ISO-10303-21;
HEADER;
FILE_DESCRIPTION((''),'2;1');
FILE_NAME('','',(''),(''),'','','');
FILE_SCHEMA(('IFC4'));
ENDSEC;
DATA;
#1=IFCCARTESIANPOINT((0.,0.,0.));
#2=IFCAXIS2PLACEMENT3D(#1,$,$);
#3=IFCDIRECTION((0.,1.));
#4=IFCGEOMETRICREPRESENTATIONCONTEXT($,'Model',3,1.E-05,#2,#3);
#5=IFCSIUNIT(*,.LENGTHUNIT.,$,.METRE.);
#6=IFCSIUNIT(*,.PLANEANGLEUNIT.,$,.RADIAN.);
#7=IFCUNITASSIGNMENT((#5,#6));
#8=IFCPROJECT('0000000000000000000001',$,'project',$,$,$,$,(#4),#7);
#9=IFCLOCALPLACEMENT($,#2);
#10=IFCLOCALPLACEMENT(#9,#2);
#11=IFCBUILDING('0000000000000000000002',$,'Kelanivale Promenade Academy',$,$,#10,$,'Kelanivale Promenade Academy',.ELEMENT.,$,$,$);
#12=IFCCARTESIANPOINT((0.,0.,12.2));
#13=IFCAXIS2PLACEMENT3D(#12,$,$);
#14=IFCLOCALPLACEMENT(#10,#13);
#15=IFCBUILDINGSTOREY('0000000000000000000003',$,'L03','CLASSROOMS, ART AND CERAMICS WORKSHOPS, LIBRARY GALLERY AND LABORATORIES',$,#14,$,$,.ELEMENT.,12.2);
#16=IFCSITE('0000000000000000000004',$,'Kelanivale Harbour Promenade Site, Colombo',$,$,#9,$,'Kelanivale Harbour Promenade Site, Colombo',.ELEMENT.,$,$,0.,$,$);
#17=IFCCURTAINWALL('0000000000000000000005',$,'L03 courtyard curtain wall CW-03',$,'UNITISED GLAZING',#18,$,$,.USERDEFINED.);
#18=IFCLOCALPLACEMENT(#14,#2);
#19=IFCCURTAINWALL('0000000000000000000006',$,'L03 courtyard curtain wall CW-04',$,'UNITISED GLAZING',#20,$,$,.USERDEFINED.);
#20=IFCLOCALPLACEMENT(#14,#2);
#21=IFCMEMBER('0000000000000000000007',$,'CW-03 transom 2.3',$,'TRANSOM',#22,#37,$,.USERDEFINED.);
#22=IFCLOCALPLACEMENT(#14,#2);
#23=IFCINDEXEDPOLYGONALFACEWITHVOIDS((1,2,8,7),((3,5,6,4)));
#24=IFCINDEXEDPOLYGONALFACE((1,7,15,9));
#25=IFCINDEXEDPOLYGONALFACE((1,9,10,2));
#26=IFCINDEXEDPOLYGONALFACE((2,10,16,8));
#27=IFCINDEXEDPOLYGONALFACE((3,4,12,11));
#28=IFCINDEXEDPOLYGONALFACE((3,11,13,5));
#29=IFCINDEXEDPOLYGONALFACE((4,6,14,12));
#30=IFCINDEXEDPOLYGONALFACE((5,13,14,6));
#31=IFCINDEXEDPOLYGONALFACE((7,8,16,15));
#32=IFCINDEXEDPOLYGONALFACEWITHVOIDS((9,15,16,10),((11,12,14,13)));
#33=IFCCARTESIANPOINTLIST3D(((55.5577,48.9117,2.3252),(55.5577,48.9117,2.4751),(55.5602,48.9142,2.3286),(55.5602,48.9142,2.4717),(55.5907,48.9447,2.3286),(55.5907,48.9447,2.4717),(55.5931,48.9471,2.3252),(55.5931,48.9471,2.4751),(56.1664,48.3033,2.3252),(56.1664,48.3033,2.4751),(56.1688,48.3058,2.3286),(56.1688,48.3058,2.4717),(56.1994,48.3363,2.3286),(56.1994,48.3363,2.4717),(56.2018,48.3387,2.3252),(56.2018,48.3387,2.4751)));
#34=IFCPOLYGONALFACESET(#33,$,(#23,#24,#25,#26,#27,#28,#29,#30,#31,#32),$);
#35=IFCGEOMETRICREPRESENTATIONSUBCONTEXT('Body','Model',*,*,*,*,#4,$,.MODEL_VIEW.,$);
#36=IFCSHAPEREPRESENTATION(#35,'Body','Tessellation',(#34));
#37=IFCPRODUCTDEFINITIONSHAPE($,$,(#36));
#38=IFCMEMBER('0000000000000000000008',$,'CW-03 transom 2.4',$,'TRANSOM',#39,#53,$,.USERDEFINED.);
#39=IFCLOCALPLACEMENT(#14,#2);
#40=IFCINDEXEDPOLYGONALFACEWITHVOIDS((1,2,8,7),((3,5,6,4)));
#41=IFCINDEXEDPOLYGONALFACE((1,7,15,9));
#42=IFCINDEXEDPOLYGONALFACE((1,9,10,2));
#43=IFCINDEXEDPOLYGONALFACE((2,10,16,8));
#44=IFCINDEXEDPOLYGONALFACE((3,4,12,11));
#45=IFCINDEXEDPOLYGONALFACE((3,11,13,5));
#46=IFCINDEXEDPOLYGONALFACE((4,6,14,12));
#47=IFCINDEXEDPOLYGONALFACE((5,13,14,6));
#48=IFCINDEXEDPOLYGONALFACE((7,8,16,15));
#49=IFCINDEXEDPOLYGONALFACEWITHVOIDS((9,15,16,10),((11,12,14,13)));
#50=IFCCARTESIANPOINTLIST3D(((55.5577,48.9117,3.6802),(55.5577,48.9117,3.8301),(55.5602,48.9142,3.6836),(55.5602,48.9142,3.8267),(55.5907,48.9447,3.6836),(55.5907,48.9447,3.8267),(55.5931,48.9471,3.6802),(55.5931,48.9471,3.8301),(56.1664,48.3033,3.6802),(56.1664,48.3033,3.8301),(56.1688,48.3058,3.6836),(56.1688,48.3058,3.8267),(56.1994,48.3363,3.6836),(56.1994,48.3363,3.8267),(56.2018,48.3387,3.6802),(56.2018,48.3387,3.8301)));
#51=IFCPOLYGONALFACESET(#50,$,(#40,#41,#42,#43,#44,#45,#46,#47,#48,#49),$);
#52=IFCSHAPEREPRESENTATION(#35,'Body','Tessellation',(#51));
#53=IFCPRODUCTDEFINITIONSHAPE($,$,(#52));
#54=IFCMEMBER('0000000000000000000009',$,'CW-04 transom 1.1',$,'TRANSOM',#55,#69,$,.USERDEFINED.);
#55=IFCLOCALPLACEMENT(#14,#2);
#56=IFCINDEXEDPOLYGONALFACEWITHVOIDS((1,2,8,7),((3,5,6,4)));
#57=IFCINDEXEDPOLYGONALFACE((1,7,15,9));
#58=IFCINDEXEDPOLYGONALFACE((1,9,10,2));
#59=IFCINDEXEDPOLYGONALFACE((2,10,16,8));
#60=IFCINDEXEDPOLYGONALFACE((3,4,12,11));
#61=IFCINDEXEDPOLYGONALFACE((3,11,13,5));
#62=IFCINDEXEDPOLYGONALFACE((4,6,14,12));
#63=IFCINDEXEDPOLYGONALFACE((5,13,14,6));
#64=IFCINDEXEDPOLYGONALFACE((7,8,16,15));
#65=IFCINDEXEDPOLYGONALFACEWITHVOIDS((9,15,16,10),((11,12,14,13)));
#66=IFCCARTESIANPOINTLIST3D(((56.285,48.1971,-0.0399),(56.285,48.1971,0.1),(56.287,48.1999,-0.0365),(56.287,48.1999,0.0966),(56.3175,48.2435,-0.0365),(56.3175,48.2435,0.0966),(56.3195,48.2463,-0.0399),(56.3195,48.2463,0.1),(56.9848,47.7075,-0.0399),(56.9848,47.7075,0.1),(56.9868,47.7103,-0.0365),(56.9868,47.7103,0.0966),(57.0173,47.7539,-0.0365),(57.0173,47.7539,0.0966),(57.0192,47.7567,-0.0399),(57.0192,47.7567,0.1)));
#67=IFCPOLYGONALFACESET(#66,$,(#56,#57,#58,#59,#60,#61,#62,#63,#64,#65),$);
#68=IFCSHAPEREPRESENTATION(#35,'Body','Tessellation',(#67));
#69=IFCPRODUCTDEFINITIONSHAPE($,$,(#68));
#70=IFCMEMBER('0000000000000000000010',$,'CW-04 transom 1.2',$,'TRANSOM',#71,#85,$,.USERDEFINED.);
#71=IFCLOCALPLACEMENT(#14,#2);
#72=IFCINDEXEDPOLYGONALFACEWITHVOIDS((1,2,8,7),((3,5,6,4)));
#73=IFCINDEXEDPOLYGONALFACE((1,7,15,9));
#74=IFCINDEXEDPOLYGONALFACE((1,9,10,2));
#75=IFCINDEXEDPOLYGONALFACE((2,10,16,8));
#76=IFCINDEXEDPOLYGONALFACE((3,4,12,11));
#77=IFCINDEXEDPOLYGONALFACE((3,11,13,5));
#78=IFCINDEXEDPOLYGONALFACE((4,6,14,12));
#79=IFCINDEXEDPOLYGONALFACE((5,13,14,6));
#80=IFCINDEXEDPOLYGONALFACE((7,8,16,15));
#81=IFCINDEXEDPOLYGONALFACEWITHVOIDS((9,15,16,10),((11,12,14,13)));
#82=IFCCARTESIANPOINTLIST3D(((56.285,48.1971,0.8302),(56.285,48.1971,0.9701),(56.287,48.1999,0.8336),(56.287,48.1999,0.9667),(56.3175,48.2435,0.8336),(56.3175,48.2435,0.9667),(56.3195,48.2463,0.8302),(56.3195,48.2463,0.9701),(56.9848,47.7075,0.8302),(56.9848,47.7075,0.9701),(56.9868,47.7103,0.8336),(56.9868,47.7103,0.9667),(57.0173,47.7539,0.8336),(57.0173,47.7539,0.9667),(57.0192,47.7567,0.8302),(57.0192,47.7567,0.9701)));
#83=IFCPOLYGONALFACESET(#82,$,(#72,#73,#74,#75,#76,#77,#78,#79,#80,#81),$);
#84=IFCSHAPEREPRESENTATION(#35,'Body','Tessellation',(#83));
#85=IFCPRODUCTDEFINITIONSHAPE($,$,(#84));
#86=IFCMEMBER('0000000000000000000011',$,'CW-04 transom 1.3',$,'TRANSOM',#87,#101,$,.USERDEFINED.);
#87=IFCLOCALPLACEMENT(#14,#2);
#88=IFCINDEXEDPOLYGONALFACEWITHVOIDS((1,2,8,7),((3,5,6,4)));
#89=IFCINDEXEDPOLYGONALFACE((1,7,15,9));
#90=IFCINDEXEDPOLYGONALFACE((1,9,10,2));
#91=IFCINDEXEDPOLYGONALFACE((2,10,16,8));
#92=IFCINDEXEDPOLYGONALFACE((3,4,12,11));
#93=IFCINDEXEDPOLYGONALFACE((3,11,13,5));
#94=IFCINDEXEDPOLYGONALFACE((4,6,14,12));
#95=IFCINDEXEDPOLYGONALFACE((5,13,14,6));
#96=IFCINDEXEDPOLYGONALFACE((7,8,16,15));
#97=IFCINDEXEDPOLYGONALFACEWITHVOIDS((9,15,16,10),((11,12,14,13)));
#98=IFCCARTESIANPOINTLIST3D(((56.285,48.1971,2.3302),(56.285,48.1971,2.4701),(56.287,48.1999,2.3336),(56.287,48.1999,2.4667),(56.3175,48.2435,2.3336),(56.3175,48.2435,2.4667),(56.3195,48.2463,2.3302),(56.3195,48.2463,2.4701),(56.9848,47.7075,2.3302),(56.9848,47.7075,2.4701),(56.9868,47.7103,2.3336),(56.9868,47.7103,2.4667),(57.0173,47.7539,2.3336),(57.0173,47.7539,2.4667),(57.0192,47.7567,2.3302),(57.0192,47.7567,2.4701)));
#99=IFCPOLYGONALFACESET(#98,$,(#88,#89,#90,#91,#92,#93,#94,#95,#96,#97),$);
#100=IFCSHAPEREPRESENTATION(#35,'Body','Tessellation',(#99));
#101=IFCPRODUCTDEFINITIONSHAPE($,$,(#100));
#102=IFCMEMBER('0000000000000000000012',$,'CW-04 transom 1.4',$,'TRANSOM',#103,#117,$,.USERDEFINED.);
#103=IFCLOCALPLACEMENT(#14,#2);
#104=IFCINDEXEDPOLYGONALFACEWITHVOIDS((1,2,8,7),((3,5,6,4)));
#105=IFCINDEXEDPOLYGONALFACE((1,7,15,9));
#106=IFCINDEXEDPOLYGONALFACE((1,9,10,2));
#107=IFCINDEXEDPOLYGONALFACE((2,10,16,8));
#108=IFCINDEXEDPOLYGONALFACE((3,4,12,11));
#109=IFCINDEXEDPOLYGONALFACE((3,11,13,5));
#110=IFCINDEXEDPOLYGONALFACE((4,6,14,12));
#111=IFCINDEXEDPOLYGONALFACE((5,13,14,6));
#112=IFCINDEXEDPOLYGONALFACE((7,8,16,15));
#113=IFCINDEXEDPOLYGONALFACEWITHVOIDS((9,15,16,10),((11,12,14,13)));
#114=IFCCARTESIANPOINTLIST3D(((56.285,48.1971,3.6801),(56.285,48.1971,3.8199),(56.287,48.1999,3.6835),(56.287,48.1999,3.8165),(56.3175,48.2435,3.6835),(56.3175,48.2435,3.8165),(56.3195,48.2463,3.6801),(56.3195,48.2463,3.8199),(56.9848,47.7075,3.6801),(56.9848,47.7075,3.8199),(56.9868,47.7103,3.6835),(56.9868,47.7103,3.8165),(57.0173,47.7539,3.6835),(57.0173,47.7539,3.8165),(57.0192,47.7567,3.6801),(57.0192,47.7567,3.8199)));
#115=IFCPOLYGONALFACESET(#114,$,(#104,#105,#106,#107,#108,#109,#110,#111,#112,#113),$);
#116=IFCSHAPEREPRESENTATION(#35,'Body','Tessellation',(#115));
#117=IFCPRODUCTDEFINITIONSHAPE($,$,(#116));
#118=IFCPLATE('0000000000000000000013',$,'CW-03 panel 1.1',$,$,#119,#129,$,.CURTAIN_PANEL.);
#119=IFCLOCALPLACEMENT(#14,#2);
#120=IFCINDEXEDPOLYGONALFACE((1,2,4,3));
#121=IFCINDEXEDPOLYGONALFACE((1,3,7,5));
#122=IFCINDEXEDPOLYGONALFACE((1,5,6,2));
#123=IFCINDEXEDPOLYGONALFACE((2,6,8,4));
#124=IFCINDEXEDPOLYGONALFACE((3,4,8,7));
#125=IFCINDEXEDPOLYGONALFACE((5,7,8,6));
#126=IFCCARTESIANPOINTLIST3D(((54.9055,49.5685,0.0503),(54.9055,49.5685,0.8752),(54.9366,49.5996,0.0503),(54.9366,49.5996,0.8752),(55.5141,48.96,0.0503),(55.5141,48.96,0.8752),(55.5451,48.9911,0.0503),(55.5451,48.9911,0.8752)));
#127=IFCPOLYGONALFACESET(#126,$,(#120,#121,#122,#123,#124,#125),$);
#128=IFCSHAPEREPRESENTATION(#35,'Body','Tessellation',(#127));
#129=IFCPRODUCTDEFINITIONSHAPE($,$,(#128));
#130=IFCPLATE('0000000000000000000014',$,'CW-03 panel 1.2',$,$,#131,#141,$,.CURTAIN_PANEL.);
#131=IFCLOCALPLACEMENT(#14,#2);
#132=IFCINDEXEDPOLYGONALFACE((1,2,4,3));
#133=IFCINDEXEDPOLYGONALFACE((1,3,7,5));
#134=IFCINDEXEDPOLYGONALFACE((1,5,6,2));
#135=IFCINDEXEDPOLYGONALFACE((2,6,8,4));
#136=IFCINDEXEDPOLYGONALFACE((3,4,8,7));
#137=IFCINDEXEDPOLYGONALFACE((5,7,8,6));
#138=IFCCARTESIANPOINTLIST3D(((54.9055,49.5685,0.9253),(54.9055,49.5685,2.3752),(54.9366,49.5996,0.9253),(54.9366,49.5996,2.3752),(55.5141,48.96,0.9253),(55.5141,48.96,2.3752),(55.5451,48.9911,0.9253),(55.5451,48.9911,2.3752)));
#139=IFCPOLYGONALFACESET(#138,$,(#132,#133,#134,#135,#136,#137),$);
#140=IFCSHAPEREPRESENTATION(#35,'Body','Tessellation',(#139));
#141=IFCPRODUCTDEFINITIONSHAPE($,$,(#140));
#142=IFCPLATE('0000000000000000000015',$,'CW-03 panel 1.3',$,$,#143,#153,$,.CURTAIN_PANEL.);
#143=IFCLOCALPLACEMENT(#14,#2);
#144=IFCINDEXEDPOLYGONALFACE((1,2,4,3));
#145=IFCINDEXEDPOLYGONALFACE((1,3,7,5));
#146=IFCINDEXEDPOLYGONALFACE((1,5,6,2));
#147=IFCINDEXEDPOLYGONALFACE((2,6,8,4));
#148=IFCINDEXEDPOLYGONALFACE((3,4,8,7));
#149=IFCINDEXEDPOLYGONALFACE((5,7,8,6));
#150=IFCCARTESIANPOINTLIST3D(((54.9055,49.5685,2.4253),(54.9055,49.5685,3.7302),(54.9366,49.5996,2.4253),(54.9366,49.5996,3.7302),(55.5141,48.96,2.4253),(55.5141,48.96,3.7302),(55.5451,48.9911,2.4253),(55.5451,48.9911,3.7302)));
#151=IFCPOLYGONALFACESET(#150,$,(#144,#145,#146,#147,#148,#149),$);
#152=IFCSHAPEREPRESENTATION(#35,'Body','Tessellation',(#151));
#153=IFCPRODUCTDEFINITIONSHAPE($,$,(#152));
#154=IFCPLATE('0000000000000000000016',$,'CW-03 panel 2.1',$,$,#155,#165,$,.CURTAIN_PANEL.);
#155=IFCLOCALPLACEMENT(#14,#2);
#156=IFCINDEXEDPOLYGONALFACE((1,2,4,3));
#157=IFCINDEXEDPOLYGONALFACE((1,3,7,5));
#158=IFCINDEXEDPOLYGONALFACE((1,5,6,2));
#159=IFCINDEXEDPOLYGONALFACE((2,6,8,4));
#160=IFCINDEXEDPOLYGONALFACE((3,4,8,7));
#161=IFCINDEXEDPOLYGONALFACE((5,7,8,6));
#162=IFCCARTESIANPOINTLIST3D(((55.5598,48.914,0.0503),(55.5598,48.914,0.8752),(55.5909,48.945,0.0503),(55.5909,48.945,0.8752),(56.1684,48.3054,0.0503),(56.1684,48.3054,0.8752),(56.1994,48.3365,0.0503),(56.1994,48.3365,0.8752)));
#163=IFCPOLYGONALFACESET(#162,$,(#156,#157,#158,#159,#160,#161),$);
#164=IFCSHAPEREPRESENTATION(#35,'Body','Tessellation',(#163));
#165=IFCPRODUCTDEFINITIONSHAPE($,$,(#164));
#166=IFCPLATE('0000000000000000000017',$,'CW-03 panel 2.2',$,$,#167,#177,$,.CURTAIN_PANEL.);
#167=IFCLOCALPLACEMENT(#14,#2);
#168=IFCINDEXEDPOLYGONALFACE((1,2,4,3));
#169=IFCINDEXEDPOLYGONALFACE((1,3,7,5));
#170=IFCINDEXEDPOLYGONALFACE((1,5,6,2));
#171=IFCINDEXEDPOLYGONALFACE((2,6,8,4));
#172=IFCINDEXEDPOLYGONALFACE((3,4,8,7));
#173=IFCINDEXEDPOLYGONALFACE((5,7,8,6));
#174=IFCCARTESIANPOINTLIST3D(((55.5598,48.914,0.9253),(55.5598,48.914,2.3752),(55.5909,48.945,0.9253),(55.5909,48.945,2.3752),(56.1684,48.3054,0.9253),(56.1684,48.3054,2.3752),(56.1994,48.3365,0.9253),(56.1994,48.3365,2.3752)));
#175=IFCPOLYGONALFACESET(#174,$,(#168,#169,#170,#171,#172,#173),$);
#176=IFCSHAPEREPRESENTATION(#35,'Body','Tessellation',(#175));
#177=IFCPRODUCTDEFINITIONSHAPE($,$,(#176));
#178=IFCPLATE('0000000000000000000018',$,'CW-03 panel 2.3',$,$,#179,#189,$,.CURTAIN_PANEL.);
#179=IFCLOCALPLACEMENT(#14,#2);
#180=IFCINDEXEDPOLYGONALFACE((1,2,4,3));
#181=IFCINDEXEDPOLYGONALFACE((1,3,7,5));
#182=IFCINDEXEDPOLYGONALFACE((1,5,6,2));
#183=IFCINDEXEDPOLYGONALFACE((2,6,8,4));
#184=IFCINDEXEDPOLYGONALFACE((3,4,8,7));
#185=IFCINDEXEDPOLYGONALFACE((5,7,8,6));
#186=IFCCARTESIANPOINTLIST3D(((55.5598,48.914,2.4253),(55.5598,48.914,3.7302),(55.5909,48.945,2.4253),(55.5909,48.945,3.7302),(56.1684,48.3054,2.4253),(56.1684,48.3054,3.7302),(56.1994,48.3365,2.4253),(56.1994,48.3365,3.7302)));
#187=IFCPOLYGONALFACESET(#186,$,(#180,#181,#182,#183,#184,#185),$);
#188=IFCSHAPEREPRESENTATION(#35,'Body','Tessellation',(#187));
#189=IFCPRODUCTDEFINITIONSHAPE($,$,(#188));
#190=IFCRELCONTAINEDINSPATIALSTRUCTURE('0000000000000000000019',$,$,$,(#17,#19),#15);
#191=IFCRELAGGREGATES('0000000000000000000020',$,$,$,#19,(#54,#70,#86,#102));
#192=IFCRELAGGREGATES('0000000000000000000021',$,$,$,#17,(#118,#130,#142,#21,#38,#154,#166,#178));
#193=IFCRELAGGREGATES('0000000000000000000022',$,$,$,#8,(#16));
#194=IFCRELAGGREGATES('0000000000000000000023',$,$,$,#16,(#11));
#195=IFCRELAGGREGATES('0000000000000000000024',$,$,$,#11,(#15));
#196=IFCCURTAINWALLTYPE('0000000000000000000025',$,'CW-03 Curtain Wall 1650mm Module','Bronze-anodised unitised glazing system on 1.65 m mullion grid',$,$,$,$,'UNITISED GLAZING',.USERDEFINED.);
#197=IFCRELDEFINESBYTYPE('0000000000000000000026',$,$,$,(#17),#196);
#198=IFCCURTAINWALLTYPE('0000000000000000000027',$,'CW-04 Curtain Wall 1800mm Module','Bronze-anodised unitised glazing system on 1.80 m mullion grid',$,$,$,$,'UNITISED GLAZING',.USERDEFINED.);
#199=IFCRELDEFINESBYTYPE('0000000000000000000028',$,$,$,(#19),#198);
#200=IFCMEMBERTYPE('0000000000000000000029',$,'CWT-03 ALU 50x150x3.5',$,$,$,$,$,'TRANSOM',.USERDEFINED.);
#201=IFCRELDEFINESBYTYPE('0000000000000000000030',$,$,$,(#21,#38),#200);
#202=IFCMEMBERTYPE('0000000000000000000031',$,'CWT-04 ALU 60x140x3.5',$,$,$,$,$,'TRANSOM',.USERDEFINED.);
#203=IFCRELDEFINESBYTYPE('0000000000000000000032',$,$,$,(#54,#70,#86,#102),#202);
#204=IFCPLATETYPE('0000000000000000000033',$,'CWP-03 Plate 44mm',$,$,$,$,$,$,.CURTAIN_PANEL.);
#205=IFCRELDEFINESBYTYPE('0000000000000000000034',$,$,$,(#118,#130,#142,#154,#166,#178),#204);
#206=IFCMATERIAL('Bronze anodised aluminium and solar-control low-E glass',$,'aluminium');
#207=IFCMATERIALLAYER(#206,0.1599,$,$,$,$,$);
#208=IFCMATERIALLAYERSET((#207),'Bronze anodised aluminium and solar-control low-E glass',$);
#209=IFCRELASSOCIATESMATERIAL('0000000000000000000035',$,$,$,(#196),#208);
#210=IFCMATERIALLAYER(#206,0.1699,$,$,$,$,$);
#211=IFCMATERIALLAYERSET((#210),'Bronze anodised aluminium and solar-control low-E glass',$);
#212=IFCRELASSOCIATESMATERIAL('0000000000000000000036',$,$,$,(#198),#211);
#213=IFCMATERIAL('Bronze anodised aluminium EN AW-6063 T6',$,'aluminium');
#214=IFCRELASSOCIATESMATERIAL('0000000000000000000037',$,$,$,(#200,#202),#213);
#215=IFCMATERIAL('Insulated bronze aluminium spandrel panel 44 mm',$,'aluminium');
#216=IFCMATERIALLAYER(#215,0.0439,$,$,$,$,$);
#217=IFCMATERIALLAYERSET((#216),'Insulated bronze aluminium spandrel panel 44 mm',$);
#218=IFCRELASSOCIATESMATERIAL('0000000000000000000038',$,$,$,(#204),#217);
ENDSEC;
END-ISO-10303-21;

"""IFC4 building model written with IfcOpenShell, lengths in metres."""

from ifc_helpers import new_model, si_unit, direction, frame, origin, origin_2d, place, context, subcontext, project, spatial, rectangle, hollow_rectangle, extrude, material, layer, layer_set, material_profile, profile_set, type_object, element, aggregate, save


model = new_model("IFC4")

# Units and contexts
model_context = context("Model", 3, precision=1e-05, world=origin(), true_north=direction((0.0, 1.0)))
body_context = subcontext(model_context, "Body", "Model", "MODEL_VIEW")
ifc_project = project(units=[si_unit("LENGTHUNIT", "METRE"), si_unit("PLANEANGLEUNIT", "RADIAN")], contexts=[model_context])

# Site, building, storey
site_placement = place(None, origin())
site = spatial("IfcSite", under=ifc_project, at=site_placement, Name="Kelanivale Harbour Promenade Site, Colombo", LongName="Kelanivale Harbour Promenade Site, Colombo", CompositionType="ELEMENT", RefElevation=0.0)
building_placement = place(site_placement, origin())
building = spatial("IfcBuilding", under=site, at=building_placement, Name="Kelanivale Promenade Academy", LongName="Kelanivale Promenade Academy", CompositionType="ELEMENT")
storey_placement = place(building_placement, frame((0.0, 0.0, 12.2)))
storey = spatial("IfcBuildingStorey", under=building, at=storey_placement, Name="L03", Description="CLASSROOMS, ART AND CERAMICS WORKSHOPS, LIBRARY GALLERY AND LABORATORIES", CompositionType="ELEMENT", Elevation=12.2)

# Curtain wall
ifc_material_1 = material(Name="Bronze anodised aluminium and solar-control low-E glass", Category="aluminium")
ifc_layer_1 = layer(ifc_material_1, 0.1599)
ifc_layer_set_1 = layer_set([ifc_layer_1], Name="Bronze anodised aluminium and solar-control low-E glass")
curtain_wall_type_1 = type_object("IfcCurtainWallType", Name="CW-03 Curtain Wall 1650mm Module", Description="Bronze-anodised unitised glazing system on 1.65 m mullion grid", ElementType="UNITISED GLAZING", PredefinedType="USERDEFINED", material=ifc_layer_set_1)
curtain_wall_1_placement = place(storey_placement, origin())
curtain_wall_1 = element("IfcCurtainWall", 1, at=curtain_wall_1_placement, inside=storey, type_object=curtain_wall_type_1, Name="L03 courtyard curtain wall CW-03", ObjectType="UNITISED GLAZING", PredefinedType="USERDEFINED")
ifc_material_2 = material(Name="Bronze anodised aluminium EN AW-6063 T6", Category="aluminium")

# Curtain wall
ifc_layer_2 = layer(ifc_material_1, 0.1699)
ifc_layer_set_2 = layer_set([ifc_layer_2], Name="Bronze anodised aluminium and solar-control low-E glass")
curtain_wall_type_2 = type_object("IfcCurtainWallType", Name="CW-04 Curtain Wall 1800mm Module", Description="Bronze-anodised unitised glazing system on 1.80 m mullion grid", ElementType="UNITISED GLAZING", PredefinedType="USERDEFINED", material=ifc_layer_set_2)
curtain_wall_2_placement = place(storey_placement, origin())
curtain_wall_2 = element("IfcCurtainWall", 2, at=curtain_wall_2_placement, inside=storey, type_object=curtain_wall_type_2, Name="L03 courtyard curtain wall CW-04", ObjectType="UNITISED GLAZING", PredefinedType="USERDEFINED")

# Members
ifc_material_profile_1 = material_profile(ifc_material_2, hollow_rectangle(XDim=0.05, YDim=0.1499, WallThickness=0.0034, at=origin_2d()), Name="ALU 50x150x3.5")
ifc_profile_set_1 = profile_set([ifc_material_profile_1], Name="Bronze anodised aluminium EN AW-6063 T6")
member_type_1 = type_object("IfcMemberType", Name="CWT-03 ALU 50x150x3.5", ElementType="TRANSOM", PredefinedType="USERDEFINED", material=ifc_profile_set_1)
member_1_placement = place(storey_placement, frame((55.5754, 48.9294, 2.4001), z_axis=(0.707249, -0.706965, 0.0), x_axis=(0.706965, 0.707249, 0.0)))
member_1 = element("IfcMember", 3, at=member_1_placement, type_object=member_type_1, Name="CW-03 transom 2.3", ObjectType="TRANSOM", PredefinedType="USERDEFINED", context=body_context, shape_type="SweptSolid", body=[
    extrude(hollow_rectangle(XDim=0.05, YDim=0.1499, WallThickness=0.0034, at=origin_2d()), origin(), (0.0, 0.0, 1.0), 0.8606),
])
member_2_placement = place(storey_placement, frame((55.5754, 48.9294, 3.7551), z_axis=(0.707249, -0.706965, 0.0), x_axis=(0.706965, 0.707249, 0.0)))
member_2 = element("IfcMember", 4, at=member_2_placement, type_object=member_type_1, Name="CW-03 transom 2.4", ObjectType="TRANSOM", PredefinedType="USERDEFINED", context=body_context, shape_type="SweptSolid", body=[
    extrude(hollow_rectangle(XDim=0.05, YDim=0.1499, WallThickness=0.0034, at=origin_2d()), origin(), (0.0, 0.0, 1.0), 0.8606),
])
ifc_material_profile_2 = material_profile(ifc_material_2, hollow_rectangle(XDim=0.0601, YDim=0.1399, WallThickness=0.0034, at=origin_2d()), Name="ALU 60x140x3.5")
ifc_profile_set_2 = profile_set([ifc_material_profile_2], Name="Bronze anodised aluminium EN AW-6063 T6")
member_type_2 = type_object("IfcMemberType", Name="CWT-04 ALU 60x140x3.5", ElementType="TRANSOM", PredefinedType="USERDEFINED", material=ifc_profile_set_2)
member_3_placement = place(storey_placement, frame((56.3022, 48.2217, 0.03), z_axis=(0.819393, -0.573232, 0.0), x_axis=(0.573232, 0.819393, 0.0)))
member_3 = element("IfcMember", 5, at=member_3_placement, type_object=member_type_2, Name="CW-04 transom 1.1", ObjectType="TRANSOM", PredefinedType="USERDEFINED", context=body_context, shape_type="SweptSolid", body=[
    extrude(hollow_rectangle(XDim=0.0601, YDim=0.1399, WallThickness=0.0034, at=origin_2d()), origin(), (0.0, 0.0, 1.0), 0.854),
])
member_4_placement = place(storey_placement, frame((56.3022, 48.2217, 0.9001), z_axis=(0.819393, -0.573232, 0.0), x_axis=(0.573232, 0.819393, 0.0)))
member_4 = element("IfcMember", 6, at=member_4_placement, type_object=member_type_2, Name="CW-04 transom 1.2", ObjectType="TRANSOM", PredefinedType="USERDEFINED", context=body_context, shape_type="SweptSolid", body=[
    extrude(hollow_rectangle(XDim=0.0601, YDim=0.1399, WallThickness=0.0034, at=origin_2d()), origin(), (0.0, 0.0, 1.0), 0.854),
])
member_5_placement = place(storey_placement, frame((56.3022, 48.2217, 2.4001), z_axis=(0.819393, -0.573232, 0.0), x_axis=(0.573232, 0.819393, 0.0)))
member_5 = element("IfcMember", 7, at=member_5_placement, type_object=member_type_2, Name="CW-04 transom 1.3", ObjectType="TRANSOM", PredefinedType="USERDEFINED", context=body_context, shape_type="SweptSolid", body=[
    extrude(hollow_rectangle(XDim=0.0601, YDim=0.1399, WallThickness=0.0034, at=origin_2d()), origin(), (0.0, 0.0, 1.0), 0.854),
])
member_6_placement = place(storey_placement, frame((56.3022, 48.2217, 3.75), z_axis=(0.819393, -0.573232, 0.0), x_axis=(0.573232, 0.819393, 0.0)))
member_6 = element("IfcMember", 8, at=member_6_placement, type_object=member_type_2, Name="CW-04 transom 1.4", ObjectType="TRANSOM", PredefinedType="USERDEFINED", context=body_context, shape_type="SweptSolid", body=[
    extrude(hollow_rectangle(XDim=0.0601, YDim=0.1399, WallThickness=0.0034, at=origin_2d()), origin(), (0.0, 0.0, 1.0), 0.854),
])
aggregate(curtain_wall_2, [member_3, member_4, member_5, member_6])

# Plates
ifc_material_3 = material(Name="Insulated bronze aluminium spandrel panel 44 mm", Category="aluminium")
ifc_layer_3 = layer(ifc_material_3, 0.0439)
ifc_layer_set_3 = layer_set([ifc_layer_3], Name="Insulated bronze aluminium spandrel panel 44 mm")
plate_type = type_object("IfcPlateType", Name="CWP-03 Plate 44mm", PredefinedType="CURTAIN_PANEL", material=ifc_layer_set_3)
plate_1_placement = place(storey_placement, frame((55.2253, 49.2798, 0.0503), z_axis=(0.0, 0.0, 1.0), x_axis=(0.707107, -0.707107, 0.0)))
plate_1 = element("IfcPlate", 9, at=plate_1_placement, type_object=plate_type, Name="CW-03 panel 1.1", PredefinedType="CURTAIN_PANEL", context=body_context, shape_type="SweptSolid", body=[
    extrude(rectangle(XDim=0.8606, YDim=0.0439, at=origin_2d()), origin(), (0.0, 0.0, 1.0), 0.825),
])
plate_2_placement = place(storey_placement, frame((55.2253, 49.2798, 0.9253), z_axis=(0.0, 0.0, 1.0), x_axis=(0.707107, -0.707107, 0.0)))
plate_2 = element("IfcPlate", 10, at=plate_2_placement, type_object=plate_type, Name="CW-03 panel 1.2", PredefinedType="CURTAIN_PANEL", context=body_context, shape_type="SweptSolid", body=[
    extrude(rectangle(XDim=0.8606, YDim=0.0439, at=origin_2d()), origin(), (0.0, 0.0, 1.0), 1.45),
])
plate_3_placement = place(storey_placement, frame((55.2253, 49.2798, 2.4253), z_axis=(0.0, 0.0, 1.0), x_axis=(0.707107, -0.707107, 0.0)))
plate_3 = element("IfcPlate", 11, at=plate_3_placement, type_object=plate_type, Name="CW-03 panel 1.3", PredefinedType="CURTAIN_PANEL", context=body_context, shape_type="SweptSolid", body=[
    extrude(rectangle(XDim=0.8606, YDim=0.0439, at=origin_2d()), origin(), (0.0, 0.0, 1.0), 1.3049),
])
plate_4_placement = place(storey_placement, frame((55.8796, 48.6252, 0.0503), z_axis=(0.0, 0.0, 1.0), x_axis=(0.707107, -0.707107, 0.0)))
plate_4 = element("IfcPlate", 12, at=plate_4_placement, type_object=plate_type, Name="CW-03 panel 2.1", PredefinedType="CURTAIN_PANEL", context=body_context, shape_type="SweptSolid", body=[
    extrude(rectangle(XDim=0.8606, YDim=0.0439, at=origin_2d()), origin(), (0.0, 0.0, 1.0), 0.825),
])
plate_5_placement = place(storey_placement, frame((55.8796, 48.6252, 0.9253), z_axis=(0.0, 0.0, 1.0), x_axis=(0.707107, -0.707107, 0.0)))
plate_5 = element("IfcPlate", 13, at=plate_5_placement, type_object=plate_type, Name="CW-03 panel 2.2", PredefinedType="CURTAIN_PANEL", context=body_context, shape_type="SweptSolid", body=[
    extrude(rectangle(XDim=0.8606, YDim=0.0439, at=origin_2d()), origin(), (0.0, 0.0, 1.0), 1.45),
])
plate_6_placement = place(storey_placement, frame((55.8796, 48.6252, 2.4253), z_axis=(0.0, 0.0, 1.0), x_axis=(0.707107, -0.707107, 0.0)))
plate_6 = element("IfcPlate", 14, at=plate_6_placement, type_object=plate_type, Name="CW-03 panel 2.3", PredefinedType="CURTAIN_PANEL", context=body_context, shape_type="SweptSolid", body=[
    extrude(rectangle(XDim=0.8606, YDim=0.0439, at=origin_2d()), origin(), (0.0, 0.0, 1.0), 1.3049),
])
aggregate(curtain_wall_1, [plate_1, plate_2, plate_3, member_1, member_2, plate_4, plate_5, plate_6])

save(model, "model.ifc")
